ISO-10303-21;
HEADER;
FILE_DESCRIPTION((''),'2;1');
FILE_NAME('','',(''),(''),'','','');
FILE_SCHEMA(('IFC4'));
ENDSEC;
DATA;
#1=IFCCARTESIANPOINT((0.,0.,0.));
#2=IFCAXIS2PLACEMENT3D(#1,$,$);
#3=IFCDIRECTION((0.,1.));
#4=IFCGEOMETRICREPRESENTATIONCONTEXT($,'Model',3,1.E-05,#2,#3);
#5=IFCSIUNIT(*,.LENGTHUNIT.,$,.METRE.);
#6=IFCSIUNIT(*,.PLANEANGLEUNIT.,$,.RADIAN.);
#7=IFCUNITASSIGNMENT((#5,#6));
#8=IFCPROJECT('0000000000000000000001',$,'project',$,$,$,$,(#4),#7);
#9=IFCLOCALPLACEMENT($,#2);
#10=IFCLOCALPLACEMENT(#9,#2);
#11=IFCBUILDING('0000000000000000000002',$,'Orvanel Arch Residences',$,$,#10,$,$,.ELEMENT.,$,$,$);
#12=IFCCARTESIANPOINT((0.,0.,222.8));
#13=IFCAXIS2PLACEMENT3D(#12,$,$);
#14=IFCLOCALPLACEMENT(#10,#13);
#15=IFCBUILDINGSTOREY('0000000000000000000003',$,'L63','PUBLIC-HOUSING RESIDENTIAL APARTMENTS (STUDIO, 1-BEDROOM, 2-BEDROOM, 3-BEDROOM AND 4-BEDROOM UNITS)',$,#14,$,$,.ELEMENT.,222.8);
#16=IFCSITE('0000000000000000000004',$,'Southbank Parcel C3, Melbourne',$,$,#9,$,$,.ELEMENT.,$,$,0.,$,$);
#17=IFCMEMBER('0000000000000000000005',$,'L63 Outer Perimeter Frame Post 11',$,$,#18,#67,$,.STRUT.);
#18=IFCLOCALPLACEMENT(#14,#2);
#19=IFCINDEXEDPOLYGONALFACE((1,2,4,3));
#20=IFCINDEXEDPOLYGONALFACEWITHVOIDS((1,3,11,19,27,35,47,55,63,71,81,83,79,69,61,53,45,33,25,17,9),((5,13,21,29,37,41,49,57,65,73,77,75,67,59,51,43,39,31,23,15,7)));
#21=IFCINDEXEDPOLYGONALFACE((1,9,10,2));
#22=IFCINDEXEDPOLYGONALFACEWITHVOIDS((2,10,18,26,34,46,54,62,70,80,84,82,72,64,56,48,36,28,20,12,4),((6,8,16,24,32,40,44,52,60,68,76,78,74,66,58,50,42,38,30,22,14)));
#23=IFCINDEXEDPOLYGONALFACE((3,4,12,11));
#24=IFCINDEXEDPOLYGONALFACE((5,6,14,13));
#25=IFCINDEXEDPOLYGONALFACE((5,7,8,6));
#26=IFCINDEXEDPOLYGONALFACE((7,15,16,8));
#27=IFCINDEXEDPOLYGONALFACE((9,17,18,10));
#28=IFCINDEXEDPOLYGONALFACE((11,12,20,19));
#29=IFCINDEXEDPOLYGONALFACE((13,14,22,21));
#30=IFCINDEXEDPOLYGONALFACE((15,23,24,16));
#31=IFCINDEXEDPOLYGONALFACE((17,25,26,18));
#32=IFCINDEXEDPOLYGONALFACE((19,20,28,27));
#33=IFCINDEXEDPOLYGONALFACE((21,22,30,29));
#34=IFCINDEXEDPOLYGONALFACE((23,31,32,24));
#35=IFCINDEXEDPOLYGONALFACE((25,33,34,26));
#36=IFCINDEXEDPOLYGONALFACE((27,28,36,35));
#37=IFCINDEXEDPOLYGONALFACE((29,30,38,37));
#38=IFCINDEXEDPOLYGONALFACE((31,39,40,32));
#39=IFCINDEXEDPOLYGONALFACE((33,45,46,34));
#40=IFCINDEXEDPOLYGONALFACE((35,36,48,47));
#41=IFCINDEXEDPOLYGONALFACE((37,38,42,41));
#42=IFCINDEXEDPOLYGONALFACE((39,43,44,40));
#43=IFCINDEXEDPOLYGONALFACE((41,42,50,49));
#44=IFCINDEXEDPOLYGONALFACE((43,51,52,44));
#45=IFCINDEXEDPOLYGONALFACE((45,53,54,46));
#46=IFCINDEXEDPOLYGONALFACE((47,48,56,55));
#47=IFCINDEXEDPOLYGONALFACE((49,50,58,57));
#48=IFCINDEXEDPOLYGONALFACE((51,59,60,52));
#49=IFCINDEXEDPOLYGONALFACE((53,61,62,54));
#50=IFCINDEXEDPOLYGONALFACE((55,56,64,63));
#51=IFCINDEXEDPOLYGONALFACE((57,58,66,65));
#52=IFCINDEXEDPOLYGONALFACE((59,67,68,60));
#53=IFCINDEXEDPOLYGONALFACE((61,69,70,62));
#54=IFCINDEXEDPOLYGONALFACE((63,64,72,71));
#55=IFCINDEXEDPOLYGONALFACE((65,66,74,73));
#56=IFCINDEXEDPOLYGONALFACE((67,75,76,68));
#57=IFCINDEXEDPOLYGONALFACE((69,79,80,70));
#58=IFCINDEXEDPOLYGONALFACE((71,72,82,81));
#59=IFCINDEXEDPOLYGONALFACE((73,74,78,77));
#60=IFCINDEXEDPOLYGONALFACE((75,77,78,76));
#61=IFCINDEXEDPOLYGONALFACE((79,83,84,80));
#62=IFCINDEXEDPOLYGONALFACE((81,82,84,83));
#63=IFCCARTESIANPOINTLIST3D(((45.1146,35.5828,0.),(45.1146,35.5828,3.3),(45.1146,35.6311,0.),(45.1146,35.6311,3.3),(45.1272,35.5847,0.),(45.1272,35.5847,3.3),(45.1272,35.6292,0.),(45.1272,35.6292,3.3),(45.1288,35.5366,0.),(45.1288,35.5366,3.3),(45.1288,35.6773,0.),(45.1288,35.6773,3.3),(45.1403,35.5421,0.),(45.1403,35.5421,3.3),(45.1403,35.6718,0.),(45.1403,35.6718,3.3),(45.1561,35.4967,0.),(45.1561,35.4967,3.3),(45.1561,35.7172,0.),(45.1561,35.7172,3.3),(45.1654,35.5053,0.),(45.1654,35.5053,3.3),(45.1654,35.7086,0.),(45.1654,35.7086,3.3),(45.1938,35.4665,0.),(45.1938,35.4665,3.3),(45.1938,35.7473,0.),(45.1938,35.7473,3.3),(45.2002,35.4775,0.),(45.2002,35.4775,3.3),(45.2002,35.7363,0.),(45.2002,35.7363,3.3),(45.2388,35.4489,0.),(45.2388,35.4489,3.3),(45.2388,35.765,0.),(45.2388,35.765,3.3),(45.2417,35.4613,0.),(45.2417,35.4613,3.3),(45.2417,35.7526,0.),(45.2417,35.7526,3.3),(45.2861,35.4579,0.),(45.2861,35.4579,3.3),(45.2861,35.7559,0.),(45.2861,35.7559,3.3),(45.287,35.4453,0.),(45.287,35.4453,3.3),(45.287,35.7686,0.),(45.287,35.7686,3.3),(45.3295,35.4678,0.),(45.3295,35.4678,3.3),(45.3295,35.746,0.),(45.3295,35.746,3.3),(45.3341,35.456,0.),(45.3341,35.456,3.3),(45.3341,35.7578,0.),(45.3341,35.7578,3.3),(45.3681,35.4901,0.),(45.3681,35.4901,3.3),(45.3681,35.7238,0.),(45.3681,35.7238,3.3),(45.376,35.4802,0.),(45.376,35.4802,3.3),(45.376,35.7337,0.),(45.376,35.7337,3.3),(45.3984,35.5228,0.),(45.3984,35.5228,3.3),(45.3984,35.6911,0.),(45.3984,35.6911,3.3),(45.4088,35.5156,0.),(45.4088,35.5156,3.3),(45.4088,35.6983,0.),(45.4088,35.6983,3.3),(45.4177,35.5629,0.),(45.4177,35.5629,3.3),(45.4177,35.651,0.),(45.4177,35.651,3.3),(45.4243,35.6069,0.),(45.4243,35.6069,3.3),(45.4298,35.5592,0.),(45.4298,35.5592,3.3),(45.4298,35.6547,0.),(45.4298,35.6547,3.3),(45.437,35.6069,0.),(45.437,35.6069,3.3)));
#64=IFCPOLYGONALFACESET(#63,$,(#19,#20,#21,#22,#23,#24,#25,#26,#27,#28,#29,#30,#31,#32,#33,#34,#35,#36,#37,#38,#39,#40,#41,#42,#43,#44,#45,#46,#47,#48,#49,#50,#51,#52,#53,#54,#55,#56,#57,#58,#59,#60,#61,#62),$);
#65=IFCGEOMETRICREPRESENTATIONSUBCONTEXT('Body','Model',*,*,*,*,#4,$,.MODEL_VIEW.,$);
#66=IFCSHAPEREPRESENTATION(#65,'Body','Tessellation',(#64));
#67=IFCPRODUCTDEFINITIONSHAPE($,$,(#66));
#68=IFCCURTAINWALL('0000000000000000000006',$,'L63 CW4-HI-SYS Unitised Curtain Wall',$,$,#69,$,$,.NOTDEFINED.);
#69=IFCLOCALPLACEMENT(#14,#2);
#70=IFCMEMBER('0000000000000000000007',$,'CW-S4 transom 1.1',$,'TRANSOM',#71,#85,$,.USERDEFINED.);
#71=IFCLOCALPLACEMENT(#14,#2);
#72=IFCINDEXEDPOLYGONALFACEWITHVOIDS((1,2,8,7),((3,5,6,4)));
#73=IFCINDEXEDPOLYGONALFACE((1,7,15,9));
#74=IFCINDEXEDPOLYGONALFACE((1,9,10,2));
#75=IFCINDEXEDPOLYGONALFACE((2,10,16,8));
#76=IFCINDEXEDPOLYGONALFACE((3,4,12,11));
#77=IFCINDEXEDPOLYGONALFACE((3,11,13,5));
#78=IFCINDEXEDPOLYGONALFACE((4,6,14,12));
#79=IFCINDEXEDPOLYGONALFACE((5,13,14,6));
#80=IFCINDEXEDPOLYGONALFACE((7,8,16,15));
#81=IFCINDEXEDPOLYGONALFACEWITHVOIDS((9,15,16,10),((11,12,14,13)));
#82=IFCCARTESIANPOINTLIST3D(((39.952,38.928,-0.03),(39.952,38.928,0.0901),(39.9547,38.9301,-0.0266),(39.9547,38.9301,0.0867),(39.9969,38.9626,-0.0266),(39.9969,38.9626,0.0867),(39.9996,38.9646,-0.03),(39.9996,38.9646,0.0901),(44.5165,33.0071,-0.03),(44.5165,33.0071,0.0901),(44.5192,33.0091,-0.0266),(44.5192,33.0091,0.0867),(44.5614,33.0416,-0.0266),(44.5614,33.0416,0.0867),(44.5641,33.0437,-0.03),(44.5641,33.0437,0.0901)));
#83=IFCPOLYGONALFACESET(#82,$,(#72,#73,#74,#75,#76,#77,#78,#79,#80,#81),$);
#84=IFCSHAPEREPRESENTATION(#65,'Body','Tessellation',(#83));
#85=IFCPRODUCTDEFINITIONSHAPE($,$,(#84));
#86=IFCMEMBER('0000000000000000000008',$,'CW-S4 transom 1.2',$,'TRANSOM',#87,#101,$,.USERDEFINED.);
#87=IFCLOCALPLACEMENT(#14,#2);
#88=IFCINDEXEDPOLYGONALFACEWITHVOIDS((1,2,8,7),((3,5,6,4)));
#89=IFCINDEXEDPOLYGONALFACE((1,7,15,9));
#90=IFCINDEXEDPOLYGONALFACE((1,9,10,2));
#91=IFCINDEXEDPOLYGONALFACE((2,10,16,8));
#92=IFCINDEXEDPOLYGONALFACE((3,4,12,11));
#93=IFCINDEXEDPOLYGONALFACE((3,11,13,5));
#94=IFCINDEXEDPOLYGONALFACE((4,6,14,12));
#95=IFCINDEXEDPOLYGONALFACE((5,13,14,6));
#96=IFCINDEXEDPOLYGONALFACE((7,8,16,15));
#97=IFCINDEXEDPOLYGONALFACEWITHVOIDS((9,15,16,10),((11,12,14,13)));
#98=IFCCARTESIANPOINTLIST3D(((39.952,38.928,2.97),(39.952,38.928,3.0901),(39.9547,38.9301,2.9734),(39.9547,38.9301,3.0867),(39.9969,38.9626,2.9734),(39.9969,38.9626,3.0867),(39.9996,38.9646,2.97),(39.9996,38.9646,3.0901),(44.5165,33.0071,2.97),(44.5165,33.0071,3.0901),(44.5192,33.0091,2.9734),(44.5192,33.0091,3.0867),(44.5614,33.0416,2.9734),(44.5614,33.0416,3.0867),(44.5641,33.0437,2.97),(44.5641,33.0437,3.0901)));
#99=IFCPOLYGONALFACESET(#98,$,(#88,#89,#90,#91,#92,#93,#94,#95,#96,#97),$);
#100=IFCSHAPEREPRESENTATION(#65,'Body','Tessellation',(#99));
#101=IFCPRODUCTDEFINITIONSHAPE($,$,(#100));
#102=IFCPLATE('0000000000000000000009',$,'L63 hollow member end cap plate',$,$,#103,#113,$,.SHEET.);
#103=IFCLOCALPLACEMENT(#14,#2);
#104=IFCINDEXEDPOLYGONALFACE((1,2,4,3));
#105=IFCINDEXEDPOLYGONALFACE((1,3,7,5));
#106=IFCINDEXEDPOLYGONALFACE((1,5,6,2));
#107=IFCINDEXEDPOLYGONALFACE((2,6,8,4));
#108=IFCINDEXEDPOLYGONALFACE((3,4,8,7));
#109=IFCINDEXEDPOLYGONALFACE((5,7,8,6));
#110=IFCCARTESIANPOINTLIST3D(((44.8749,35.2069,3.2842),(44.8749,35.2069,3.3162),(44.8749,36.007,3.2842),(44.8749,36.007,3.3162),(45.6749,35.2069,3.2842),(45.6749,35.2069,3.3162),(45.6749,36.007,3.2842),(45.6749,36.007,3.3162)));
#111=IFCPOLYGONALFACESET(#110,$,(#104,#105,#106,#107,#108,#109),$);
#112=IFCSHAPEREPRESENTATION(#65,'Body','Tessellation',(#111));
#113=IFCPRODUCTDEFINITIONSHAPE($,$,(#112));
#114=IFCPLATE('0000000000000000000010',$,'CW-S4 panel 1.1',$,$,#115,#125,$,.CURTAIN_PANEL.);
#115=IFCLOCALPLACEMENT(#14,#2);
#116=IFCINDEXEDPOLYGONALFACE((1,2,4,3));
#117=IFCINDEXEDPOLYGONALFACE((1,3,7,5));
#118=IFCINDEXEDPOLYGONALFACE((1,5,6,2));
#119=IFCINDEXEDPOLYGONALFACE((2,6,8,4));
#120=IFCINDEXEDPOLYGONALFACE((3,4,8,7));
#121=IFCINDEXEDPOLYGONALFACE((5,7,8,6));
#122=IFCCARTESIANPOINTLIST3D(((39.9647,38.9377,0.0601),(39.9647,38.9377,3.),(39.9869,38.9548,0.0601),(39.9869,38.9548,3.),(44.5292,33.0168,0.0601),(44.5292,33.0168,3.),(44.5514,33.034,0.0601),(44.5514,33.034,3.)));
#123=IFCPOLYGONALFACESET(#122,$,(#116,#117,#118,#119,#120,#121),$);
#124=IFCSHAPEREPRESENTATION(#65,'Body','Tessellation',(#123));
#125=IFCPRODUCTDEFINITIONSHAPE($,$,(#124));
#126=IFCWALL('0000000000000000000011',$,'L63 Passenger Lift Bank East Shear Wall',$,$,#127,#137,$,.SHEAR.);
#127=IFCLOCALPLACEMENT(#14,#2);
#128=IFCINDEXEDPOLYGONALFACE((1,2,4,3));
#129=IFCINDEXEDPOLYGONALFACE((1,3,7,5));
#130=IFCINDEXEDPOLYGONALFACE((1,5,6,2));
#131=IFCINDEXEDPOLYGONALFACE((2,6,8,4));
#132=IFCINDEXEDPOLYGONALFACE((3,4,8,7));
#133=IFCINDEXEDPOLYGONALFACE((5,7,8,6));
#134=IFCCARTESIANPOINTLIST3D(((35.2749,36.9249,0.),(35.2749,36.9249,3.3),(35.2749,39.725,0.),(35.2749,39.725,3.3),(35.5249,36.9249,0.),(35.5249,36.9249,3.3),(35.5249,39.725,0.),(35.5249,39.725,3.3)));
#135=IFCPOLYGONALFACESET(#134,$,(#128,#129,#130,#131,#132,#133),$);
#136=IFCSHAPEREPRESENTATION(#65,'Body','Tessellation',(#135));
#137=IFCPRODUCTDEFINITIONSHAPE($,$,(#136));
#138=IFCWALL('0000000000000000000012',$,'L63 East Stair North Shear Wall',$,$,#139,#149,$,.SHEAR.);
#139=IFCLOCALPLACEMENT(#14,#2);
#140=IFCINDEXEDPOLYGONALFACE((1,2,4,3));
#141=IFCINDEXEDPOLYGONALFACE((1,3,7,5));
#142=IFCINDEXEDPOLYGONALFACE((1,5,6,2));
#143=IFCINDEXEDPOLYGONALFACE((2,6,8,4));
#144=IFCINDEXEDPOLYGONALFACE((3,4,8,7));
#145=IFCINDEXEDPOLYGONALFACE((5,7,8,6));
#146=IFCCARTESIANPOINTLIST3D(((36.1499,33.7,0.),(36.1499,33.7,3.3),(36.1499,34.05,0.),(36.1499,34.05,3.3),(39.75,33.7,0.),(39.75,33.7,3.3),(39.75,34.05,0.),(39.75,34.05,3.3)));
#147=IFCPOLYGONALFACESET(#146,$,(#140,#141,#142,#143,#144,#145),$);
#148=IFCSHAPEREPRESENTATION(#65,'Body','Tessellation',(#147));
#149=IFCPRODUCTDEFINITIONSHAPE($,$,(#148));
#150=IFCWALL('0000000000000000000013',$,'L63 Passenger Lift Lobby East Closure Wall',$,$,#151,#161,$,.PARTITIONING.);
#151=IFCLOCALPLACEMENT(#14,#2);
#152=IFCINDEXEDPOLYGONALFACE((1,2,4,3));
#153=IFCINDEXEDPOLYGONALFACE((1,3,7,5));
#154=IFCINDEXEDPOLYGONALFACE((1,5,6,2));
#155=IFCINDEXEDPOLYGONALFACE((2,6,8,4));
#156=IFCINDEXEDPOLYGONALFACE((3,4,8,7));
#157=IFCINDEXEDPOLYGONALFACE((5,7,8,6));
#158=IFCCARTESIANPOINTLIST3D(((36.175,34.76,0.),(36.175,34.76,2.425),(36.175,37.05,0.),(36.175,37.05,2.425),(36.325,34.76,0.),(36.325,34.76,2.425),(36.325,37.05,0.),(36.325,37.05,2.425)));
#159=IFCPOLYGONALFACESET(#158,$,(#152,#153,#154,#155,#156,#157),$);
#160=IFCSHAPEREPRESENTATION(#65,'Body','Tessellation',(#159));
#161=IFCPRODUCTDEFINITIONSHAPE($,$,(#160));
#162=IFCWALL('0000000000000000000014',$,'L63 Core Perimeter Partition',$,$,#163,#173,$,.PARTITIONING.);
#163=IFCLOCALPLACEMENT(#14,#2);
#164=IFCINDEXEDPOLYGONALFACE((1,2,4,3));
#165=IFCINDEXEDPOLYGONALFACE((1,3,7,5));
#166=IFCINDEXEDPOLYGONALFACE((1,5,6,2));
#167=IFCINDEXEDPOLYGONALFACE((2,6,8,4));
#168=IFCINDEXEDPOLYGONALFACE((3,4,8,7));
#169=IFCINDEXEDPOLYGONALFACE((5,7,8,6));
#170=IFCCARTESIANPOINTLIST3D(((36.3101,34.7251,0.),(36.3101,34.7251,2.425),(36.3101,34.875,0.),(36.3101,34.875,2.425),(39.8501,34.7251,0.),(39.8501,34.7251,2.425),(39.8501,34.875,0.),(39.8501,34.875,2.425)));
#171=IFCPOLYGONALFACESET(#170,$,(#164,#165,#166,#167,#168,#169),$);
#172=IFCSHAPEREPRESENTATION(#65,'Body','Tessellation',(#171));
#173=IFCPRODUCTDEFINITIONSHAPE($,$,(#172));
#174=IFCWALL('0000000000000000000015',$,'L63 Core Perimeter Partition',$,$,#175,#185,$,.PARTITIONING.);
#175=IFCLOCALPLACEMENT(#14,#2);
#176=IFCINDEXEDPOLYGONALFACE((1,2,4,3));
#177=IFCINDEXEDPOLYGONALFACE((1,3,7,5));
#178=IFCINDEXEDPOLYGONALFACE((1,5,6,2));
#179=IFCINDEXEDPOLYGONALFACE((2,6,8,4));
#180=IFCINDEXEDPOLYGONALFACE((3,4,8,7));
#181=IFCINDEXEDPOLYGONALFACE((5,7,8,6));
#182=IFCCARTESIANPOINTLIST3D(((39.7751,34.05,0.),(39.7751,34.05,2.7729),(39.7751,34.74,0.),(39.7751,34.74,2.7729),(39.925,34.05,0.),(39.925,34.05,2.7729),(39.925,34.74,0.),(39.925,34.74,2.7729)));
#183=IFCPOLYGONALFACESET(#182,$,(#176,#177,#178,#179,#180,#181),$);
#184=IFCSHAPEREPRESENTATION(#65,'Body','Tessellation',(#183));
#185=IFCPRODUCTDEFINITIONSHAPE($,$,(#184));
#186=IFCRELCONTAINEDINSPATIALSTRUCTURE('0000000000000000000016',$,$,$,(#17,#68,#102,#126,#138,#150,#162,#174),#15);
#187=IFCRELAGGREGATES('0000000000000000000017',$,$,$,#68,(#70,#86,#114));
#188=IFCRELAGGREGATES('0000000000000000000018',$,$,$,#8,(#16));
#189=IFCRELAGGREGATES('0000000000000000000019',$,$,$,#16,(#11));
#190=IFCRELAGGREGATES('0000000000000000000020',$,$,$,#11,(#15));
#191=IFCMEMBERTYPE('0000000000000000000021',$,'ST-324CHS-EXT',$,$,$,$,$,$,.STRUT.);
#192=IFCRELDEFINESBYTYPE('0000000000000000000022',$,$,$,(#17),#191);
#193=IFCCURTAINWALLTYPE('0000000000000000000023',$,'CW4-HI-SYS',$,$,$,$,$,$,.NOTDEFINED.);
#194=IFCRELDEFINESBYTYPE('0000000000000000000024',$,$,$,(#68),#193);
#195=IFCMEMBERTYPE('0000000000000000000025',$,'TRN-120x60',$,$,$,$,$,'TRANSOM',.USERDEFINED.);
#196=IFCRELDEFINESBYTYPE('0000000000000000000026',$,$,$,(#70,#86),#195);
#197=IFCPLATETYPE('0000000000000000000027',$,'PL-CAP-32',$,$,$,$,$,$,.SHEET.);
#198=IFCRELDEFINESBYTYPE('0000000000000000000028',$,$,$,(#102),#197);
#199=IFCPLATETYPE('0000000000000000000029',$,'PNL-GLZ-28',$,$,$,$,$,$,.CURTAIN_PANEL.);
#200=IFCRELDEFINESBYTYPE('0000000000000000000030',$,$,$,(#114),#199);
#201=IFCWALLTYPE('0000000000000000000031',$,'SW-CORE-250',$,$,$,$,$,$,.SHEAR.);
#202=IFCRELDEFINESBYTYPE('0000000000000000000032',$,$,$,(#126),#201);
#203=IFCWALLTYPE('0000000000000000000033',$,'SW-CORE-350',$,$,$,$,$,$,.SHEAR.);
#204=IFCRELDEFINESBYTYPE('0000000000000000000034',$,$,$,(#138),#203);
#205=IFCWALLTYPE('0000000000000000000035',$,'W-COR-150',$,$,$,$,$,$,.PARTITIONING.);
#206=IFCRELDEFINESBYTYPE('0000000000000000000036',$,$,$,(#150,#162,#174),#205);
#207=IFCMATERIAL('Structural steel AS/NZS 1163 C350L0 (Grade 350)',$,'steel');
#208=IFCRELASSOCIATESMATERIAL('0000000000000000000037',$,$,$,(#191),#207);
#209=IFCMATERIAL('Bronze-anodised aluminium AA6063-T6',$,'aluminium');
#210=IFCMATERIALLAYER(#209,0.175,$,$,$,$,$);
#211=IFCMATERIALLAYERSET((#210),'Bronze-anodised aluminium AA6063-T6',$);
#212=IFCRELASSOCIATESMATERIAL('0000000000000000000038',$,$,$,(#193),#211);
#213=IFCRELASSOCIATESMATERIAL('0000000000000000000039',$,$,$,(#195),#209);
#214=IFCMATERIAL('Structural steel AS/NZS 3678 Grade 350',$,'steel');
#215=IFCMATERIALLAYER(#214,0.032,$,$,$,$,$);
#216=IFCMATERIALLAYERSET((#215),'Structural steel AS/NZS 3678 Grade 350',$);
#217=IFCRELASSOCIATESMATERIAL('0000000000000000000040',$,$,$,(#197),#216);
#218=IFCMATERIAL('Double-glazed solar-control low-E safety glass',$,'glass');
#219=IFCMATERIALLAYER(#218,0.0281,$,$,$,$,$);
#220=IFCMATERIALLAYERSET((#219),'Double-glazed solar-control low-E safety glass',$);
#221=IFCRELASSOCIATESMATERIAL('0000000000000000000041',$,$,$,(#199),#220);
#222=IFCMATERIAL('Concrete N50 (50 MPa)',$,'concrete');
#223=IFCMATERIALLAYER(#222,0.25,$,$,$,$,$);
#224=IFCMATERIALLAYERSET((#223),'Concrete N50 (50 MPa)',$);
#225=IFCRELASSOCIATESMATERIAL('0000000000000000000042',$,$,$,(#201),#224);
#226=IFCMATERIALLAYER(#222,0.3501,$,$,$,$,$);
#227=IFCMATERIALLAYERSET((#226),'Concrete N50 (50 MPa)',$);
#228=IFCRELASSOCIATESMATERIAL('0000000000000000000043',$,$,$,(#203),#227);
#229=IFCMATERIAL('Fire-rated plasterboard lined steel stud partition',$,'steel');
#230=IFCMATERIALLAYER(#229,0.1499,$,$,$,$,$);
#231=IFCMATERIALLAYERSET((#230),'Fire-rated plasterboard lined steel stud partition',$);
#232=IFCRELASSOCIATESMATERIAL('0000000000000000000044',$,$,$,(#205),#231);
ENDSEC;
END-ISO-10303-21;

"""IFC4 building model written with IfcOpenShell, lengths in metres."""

from ifc_helpers import new_model, si_unit, direction, frame, frame_2d, origin, origin_2d, place, context, subcontext, project, spatial, rectangle, hollow_rectangle, hollow_circle, extrude, material, layer, layer_set, material_profile, profile_set, type_object, element, aggregate, save


model = new_model("IFC4")

# Units and contexts
model_context = context("Model", 3, precision=1e-05, world=origin(), true_north=direction((0.0, 1.0)))
body_context = subcontext(model_context, "Body", "Model", "MODEL_VIEW")
ifc_project = project(units=[si_unit("LENGTHUNIT", "METRE"), si_unit("PLANEANGLEUNIT", "RADIAN")], contexts=[model_context])

# Site, building, storey
site_placement = place(None, origin())
site = spatial("IfcSite", under=ifc_project, at=site_placement, Name="Southbank Parcel C3, Melbourne", CompositionType="ELEMENT", RefElevation=0.0)
building_placement = place(site_placement, origin())
building = spatial("IfcBuilding", under=site, at=building_placement, Name="Orvanel Arch Residences", CompositionType="ELEMENT")
storey_placement = place(building_placement, frame((0.0, 0.0, 222.8)))
storey = spatial("IfcBuildingStorey", under=building, at=storey_placement, Name="L63", Description="PUBLIC-HOUSING RESIDENTIAL APARTMENTS (STUDIO, 1-BEDROOM, 2-BEDROOM, 3-BEDROOM AND 4-BEDROOM UNITS)", CompositionType="ELEMENT", Elevation=222.8)

# Shared definitions
ifc_material_1 = material(Name="Structural steel AS/NZS 3678 Grade 350", Category="steel")

# Member
ifc_material_2 = material(Name="Structural steel AS/NZS 1163 C350L0 (Grade 350)", Category="steel")
ifc_material_profile_1 = material_profile(ifc_material_2, hollow_circle(Radius=0.1621, WallThickness=0.0127, at=origin_2d()), Name="CHS324x12.7")
ifc_profile_set_1 = profile_set([ifc_material_profile_1], Name="Structural steel AS/NZS 1163 C350L0 (Grade 350)")
member_type_1 = type_object("IfcMemberType", Name="ST-324CHS-EXT", PredefinedType="STRUT", material=ifc_profile_set_1)
member_1_placement = place(storey_placement, frame((45.2749, 35.6069, 0.0), z_axis=(0.0, 0.0, 1.0), x_axis=(1.0, 0.0, 0.0)))
element("IfcMember", 1, at=member_1_placement, inside=storey, type_object=member_type_1, Name="L63 Outer Perimeter Frame Post 11", PredefinedType="STRUT", context=body_context, shape_type="SweptSolid", body=[
    extrude(hollow_circle(Radius=0.1621, WallThickness=0.0127, at=origin_2d()), origin(), (0.0, 0.0, 1.0), 3.3),
])

# Curtain wall, members
ifc_material_3 = material(Name="Bronze-anodised aluminium AA6063-T6", Category="aluminium")
ifc_layer_1 = layer(ifc_material_3, 0.175)
ifc_layer_set_1 = layer_set([ifc_layer_1], Name="Bronze-anodised aluminium AA6063-T6")
curtain_wall_type = type_object("IfcCurtainWallType", Name="CW4-HI-SYS", PredefinedType="NOTDEFINED", material=ifc_layer_set_1)
curtain_wall_placement = place(storey_placement, origin())
curtain_wall = element("IfcCurtainWall", 2, at=curtain_wall_placement, inside=storey, type_object=curtain_wall_type, Name="L63 CW4-HI-SYS Unitised Curtain Wall", PredefinedType="NOTDEFINED")
ifc_material_profile_2 = material_profile(ifc_material_3, hollow_rectangle(XDim=0.0601, YDim=0.1201, WallThickness=0.0034, at=origin_2d()), Name="ALU120x60x3.5")
ifc_profile_set_2 = profile_set([ifc_material_profile_2], Name="Bronze-anodised aluminium AA6063-T6")
member_type_2 = type_object("IfcMemberType", Name="TRN-120x60", ElementType="TRANSOM", PredefinedType="USERDEFINED", material=ifc_profile_set_2)
member_2_placement = place(storey_placement, frame((44.5403, 33.0254, 0.03), z_axis=(-0.610544, 0.791983, 0.0), x_axis=(-0.791983, -0.610544, 0.0)))
member_2 = element("IfcMember", 3, at=member_2_placement, type_object=member_type_2, Name="CW-S4 transom 1.1", ObjectType="TRANSOM", PredefinedType="USERDEFINED", context=body_context, shape_type="SweptSolid", body=[
    extrude(hollow_rectangle(XDim=0.0601, YDim=0.1201, WallThickness=0.0034, at=origin_2d()), origin(), (0.0, 0.0, 1.0), 7.4761),
])
member_3_placement = place(storey_placement, frame((44.5403, 33.0254, 3.03), z_axis=(-0.610544, 0.791983, 0.0), x_axis=(-0.791983, -0.610544, 0.0)))
member_3 = element("IfcMember", 4, at=member_3_placement, type_object=member_type_2, Name="CW-S4 transom 1.2", ObjectType="TRANSOM", PredefinedType="USERDEFINED", context=body_context, shape_type="SweptSolid", body=[
    extrude(hollow_rectangle(XDim=0.0601, YDim=0.1201, WallThickness=0.0034, at=origin_2d()), origin(), (0.0, 0.0, 1.0), 7.4761),
])

# Plates
ifc_layer_2 = layer(ifc_material_1, 0.032)
ifc_layer_set_2 = layer_set([ifc_layer_2], Name="Structural steel AS/NZS 3678 Grade 350")
plate_type_1 = type_object("IfcPlateType", Name="PL-CAP-32", PredefinedType="SHEET", material=ifc_layer_set_2)
plate_1_placement = place(storey_placement, frame((45.2749, 35.6069, 3.2842), z_axis=(0.0, 0.0, 1.0), x_axis=(1.0, 0.0, 0.0)))
element("IfcPlate", 5, at=plate_1_placement, inside=storey, type_object=plate_type_1, Name="L63 hollow member end cap plate", PredefinedType="SHEET", context=body_context, shape_type="SweptSolid", body=[
    extrude(rectangle(XDim=0.8, YDim=0.8, at=origin_2d()), origin(), (0.0, 0.0, 1.0), 0.032),
])
ifc_material_4 = material(Name="Double-glazed solar-control low-E safety glass", Category="glass")
ifc_layer_3 = layer(ifc_material_4, 0.0281)
ifc_layer_set_3 = layer_set([ifc_layer_3], Name="Double-glazed solar-control low-E safety glass")
plate_type_2 = type_object("IfcPlateType", Name="PNL-GLZ-28", PredefinedType="CURTAIN_PANEL", material=ifc_layer_set_3)
plate_2_placement = place(storey_placement, frame((42.2581, 35.9858, 0.0601), z_axis=(0.0, 0.0, 1.0), x_axis=(-0.610553, 0.791976, 0.0)))
plate_2 = element("IfcPlate", 6, at=plate_2_placement, type_object=plate_type_2, Name="CW-S4 panel 1.1", PredefinedType="CURTAIN_PANEL", context=body_context, shape_type="SweptSolid", body=[
    extrude(rectangle(XDim=7.4761, YDim=0.0281, at=origin_2d()), origin(), (0.0, 0.0, 1.0), 2.9399),
])
aggregate(curtain_wall, [member_2, member_3, plate_2])

# Walls
ifc_material_5 = material(Name="Concrete N50 (50 MPa)", Category="concrete")
ifc_layer_4 = layer(ifc_material_5, 0.25)
ifc_layer_set_4 = layer_set([ifc_layer_4], Name="Concrete N50 (50 MPa)")
wall_type_1 = type_object("IfcWallType", Name="SW-CORE-250", PredefinedType="SHEAR", material=ifc_layer_set_4)
wall_1_placement = place(storey_placement, frame((35.3999, 36.925, 0.0), z_axis=(0.0, 0.0, 1.0), x_axis=(0.0, 1.0, 0.0)))
element("IfcWall", 7, at=wall_1_placement, inside=storey, type_object=wall_type_1, Name="L63 Passenger Lift Bank East Shear Wall", PredefinedType="SHEAR", context=body_context, shape_type="SweptSolid", body=[
    extrude(rectangle(XDim=2.8, YDim=0.25, at=frame_2d((1.3999, 0.0))), origin(), (0.0, 0.0, 1.0), 3.3),
])
ifc_layer_5 = layer(ifc_material_5, 0.3501)
ifc_layer_set_5 = layer_set([ifc_layer_5], Name="Concrete N50 (50 MPa)")
wall_type_2 = type_object("IfcWallType", Name="SW-CORE-350", PredefinedType="SHEAR", material=ifc_layer_set_5)
wall_2_placement = place(storey_placement, frame((36.1499, 33.875, 0.0), z_axis=(0.0, 0.0, 1.0), x_axis=(1.0, 0.0, 0.0)))
element("IfcWall", 8, at=wall_2_placement, inside=storey, type_object=wall_type_2, Name="L63 East Stair North Shear Wall", PredefinedType="SHEAR", context=body_context, shape_type="SweptSolid", body=[
    extrude(rectangle(XDim=3.6001, YDim=0.3501, at=frame_2d((1.8, 0.0))), origin(), (0.0, 0.0, 1.0), 3.3),
])
ifc_material_6 = material(Name="Fire-rated plasterboard lined steel stud partition", Category="steel")
ifc_layer_6 = layer(ifc_material_6, 0.1499)
ifc_layer_set_6 = layer_set([ifc_layer_6], Name="Fire-rated plasterboard lined steel stud partition")
wall_type_3 = type_object("IfcWallType", Name="W-COR-150", PredefinedType="PARTITIONING", material=ifc_layer_set_6)
wall_3_placement = place(storey_placement, frame((36.25, 34.76, 0.0), z_axis=(0.0, 0.0, 1.0), x_axis=(0.0, 1.0, 0.0)))
element("IfcWall", 9, at=wall_3_placement, inside=storey, type_object=wall_type_3, Name="L63 Passenger Lift Lobby East Closure Wall", PredefinedType="PARTITIONING", context=body_context, shape_type="SweptSolid", body=[
    extrude(rectangle(XDim=2.29, YDim=0.1499, at=frame_2d((1.145, 0.0))), origin(), (0.0, 0.0, 1.0), 2.425),
])
wall_4_placement = place(storey_placement, frame((36.3101, 34.8, 0.0), z_axis=(0.0, 0.0, 1.0), x_axis=(1.0, 0.0, 0.0)))
element("IfcWall", 10, at=wall_4_placement, inside=storey, type_object=wall_type_3, Name="L63 Core Perimeter Partition", PredefinedType="PARTITIONING", context=body_context, shape_type="SweptSolid", body=[
    extrude(rectangle(XDim=3.54, YDim=0.1499, at=frame_2d((1.77, 0.0))), origin(), (0.0, 0.0, 1.0), 2.425),
])
wall_5_placement = place(storey_placement, frame((39.8501, 34.74, 0.0), z_axis=(0.0, 0.0, 1.0), x_axis=(0.0, -1.0, 0.0)))
element("IfcWall", 11, at=wall_5_placement, inside=storey, type_object=wall_type_3, Name="L63 Core Perimeter Partition", PredefinedType="PARTITIONING", context=body_context, shape_type="SweptSolid", body=[
    extrude(rectangle(XDim=0.6899, YDim=0.1499, at=frame_2d((0.345, 0.0))), origin(), (0.0, 0.0, 1.0), 2.7729),
])

save(model, "model.ifc")
